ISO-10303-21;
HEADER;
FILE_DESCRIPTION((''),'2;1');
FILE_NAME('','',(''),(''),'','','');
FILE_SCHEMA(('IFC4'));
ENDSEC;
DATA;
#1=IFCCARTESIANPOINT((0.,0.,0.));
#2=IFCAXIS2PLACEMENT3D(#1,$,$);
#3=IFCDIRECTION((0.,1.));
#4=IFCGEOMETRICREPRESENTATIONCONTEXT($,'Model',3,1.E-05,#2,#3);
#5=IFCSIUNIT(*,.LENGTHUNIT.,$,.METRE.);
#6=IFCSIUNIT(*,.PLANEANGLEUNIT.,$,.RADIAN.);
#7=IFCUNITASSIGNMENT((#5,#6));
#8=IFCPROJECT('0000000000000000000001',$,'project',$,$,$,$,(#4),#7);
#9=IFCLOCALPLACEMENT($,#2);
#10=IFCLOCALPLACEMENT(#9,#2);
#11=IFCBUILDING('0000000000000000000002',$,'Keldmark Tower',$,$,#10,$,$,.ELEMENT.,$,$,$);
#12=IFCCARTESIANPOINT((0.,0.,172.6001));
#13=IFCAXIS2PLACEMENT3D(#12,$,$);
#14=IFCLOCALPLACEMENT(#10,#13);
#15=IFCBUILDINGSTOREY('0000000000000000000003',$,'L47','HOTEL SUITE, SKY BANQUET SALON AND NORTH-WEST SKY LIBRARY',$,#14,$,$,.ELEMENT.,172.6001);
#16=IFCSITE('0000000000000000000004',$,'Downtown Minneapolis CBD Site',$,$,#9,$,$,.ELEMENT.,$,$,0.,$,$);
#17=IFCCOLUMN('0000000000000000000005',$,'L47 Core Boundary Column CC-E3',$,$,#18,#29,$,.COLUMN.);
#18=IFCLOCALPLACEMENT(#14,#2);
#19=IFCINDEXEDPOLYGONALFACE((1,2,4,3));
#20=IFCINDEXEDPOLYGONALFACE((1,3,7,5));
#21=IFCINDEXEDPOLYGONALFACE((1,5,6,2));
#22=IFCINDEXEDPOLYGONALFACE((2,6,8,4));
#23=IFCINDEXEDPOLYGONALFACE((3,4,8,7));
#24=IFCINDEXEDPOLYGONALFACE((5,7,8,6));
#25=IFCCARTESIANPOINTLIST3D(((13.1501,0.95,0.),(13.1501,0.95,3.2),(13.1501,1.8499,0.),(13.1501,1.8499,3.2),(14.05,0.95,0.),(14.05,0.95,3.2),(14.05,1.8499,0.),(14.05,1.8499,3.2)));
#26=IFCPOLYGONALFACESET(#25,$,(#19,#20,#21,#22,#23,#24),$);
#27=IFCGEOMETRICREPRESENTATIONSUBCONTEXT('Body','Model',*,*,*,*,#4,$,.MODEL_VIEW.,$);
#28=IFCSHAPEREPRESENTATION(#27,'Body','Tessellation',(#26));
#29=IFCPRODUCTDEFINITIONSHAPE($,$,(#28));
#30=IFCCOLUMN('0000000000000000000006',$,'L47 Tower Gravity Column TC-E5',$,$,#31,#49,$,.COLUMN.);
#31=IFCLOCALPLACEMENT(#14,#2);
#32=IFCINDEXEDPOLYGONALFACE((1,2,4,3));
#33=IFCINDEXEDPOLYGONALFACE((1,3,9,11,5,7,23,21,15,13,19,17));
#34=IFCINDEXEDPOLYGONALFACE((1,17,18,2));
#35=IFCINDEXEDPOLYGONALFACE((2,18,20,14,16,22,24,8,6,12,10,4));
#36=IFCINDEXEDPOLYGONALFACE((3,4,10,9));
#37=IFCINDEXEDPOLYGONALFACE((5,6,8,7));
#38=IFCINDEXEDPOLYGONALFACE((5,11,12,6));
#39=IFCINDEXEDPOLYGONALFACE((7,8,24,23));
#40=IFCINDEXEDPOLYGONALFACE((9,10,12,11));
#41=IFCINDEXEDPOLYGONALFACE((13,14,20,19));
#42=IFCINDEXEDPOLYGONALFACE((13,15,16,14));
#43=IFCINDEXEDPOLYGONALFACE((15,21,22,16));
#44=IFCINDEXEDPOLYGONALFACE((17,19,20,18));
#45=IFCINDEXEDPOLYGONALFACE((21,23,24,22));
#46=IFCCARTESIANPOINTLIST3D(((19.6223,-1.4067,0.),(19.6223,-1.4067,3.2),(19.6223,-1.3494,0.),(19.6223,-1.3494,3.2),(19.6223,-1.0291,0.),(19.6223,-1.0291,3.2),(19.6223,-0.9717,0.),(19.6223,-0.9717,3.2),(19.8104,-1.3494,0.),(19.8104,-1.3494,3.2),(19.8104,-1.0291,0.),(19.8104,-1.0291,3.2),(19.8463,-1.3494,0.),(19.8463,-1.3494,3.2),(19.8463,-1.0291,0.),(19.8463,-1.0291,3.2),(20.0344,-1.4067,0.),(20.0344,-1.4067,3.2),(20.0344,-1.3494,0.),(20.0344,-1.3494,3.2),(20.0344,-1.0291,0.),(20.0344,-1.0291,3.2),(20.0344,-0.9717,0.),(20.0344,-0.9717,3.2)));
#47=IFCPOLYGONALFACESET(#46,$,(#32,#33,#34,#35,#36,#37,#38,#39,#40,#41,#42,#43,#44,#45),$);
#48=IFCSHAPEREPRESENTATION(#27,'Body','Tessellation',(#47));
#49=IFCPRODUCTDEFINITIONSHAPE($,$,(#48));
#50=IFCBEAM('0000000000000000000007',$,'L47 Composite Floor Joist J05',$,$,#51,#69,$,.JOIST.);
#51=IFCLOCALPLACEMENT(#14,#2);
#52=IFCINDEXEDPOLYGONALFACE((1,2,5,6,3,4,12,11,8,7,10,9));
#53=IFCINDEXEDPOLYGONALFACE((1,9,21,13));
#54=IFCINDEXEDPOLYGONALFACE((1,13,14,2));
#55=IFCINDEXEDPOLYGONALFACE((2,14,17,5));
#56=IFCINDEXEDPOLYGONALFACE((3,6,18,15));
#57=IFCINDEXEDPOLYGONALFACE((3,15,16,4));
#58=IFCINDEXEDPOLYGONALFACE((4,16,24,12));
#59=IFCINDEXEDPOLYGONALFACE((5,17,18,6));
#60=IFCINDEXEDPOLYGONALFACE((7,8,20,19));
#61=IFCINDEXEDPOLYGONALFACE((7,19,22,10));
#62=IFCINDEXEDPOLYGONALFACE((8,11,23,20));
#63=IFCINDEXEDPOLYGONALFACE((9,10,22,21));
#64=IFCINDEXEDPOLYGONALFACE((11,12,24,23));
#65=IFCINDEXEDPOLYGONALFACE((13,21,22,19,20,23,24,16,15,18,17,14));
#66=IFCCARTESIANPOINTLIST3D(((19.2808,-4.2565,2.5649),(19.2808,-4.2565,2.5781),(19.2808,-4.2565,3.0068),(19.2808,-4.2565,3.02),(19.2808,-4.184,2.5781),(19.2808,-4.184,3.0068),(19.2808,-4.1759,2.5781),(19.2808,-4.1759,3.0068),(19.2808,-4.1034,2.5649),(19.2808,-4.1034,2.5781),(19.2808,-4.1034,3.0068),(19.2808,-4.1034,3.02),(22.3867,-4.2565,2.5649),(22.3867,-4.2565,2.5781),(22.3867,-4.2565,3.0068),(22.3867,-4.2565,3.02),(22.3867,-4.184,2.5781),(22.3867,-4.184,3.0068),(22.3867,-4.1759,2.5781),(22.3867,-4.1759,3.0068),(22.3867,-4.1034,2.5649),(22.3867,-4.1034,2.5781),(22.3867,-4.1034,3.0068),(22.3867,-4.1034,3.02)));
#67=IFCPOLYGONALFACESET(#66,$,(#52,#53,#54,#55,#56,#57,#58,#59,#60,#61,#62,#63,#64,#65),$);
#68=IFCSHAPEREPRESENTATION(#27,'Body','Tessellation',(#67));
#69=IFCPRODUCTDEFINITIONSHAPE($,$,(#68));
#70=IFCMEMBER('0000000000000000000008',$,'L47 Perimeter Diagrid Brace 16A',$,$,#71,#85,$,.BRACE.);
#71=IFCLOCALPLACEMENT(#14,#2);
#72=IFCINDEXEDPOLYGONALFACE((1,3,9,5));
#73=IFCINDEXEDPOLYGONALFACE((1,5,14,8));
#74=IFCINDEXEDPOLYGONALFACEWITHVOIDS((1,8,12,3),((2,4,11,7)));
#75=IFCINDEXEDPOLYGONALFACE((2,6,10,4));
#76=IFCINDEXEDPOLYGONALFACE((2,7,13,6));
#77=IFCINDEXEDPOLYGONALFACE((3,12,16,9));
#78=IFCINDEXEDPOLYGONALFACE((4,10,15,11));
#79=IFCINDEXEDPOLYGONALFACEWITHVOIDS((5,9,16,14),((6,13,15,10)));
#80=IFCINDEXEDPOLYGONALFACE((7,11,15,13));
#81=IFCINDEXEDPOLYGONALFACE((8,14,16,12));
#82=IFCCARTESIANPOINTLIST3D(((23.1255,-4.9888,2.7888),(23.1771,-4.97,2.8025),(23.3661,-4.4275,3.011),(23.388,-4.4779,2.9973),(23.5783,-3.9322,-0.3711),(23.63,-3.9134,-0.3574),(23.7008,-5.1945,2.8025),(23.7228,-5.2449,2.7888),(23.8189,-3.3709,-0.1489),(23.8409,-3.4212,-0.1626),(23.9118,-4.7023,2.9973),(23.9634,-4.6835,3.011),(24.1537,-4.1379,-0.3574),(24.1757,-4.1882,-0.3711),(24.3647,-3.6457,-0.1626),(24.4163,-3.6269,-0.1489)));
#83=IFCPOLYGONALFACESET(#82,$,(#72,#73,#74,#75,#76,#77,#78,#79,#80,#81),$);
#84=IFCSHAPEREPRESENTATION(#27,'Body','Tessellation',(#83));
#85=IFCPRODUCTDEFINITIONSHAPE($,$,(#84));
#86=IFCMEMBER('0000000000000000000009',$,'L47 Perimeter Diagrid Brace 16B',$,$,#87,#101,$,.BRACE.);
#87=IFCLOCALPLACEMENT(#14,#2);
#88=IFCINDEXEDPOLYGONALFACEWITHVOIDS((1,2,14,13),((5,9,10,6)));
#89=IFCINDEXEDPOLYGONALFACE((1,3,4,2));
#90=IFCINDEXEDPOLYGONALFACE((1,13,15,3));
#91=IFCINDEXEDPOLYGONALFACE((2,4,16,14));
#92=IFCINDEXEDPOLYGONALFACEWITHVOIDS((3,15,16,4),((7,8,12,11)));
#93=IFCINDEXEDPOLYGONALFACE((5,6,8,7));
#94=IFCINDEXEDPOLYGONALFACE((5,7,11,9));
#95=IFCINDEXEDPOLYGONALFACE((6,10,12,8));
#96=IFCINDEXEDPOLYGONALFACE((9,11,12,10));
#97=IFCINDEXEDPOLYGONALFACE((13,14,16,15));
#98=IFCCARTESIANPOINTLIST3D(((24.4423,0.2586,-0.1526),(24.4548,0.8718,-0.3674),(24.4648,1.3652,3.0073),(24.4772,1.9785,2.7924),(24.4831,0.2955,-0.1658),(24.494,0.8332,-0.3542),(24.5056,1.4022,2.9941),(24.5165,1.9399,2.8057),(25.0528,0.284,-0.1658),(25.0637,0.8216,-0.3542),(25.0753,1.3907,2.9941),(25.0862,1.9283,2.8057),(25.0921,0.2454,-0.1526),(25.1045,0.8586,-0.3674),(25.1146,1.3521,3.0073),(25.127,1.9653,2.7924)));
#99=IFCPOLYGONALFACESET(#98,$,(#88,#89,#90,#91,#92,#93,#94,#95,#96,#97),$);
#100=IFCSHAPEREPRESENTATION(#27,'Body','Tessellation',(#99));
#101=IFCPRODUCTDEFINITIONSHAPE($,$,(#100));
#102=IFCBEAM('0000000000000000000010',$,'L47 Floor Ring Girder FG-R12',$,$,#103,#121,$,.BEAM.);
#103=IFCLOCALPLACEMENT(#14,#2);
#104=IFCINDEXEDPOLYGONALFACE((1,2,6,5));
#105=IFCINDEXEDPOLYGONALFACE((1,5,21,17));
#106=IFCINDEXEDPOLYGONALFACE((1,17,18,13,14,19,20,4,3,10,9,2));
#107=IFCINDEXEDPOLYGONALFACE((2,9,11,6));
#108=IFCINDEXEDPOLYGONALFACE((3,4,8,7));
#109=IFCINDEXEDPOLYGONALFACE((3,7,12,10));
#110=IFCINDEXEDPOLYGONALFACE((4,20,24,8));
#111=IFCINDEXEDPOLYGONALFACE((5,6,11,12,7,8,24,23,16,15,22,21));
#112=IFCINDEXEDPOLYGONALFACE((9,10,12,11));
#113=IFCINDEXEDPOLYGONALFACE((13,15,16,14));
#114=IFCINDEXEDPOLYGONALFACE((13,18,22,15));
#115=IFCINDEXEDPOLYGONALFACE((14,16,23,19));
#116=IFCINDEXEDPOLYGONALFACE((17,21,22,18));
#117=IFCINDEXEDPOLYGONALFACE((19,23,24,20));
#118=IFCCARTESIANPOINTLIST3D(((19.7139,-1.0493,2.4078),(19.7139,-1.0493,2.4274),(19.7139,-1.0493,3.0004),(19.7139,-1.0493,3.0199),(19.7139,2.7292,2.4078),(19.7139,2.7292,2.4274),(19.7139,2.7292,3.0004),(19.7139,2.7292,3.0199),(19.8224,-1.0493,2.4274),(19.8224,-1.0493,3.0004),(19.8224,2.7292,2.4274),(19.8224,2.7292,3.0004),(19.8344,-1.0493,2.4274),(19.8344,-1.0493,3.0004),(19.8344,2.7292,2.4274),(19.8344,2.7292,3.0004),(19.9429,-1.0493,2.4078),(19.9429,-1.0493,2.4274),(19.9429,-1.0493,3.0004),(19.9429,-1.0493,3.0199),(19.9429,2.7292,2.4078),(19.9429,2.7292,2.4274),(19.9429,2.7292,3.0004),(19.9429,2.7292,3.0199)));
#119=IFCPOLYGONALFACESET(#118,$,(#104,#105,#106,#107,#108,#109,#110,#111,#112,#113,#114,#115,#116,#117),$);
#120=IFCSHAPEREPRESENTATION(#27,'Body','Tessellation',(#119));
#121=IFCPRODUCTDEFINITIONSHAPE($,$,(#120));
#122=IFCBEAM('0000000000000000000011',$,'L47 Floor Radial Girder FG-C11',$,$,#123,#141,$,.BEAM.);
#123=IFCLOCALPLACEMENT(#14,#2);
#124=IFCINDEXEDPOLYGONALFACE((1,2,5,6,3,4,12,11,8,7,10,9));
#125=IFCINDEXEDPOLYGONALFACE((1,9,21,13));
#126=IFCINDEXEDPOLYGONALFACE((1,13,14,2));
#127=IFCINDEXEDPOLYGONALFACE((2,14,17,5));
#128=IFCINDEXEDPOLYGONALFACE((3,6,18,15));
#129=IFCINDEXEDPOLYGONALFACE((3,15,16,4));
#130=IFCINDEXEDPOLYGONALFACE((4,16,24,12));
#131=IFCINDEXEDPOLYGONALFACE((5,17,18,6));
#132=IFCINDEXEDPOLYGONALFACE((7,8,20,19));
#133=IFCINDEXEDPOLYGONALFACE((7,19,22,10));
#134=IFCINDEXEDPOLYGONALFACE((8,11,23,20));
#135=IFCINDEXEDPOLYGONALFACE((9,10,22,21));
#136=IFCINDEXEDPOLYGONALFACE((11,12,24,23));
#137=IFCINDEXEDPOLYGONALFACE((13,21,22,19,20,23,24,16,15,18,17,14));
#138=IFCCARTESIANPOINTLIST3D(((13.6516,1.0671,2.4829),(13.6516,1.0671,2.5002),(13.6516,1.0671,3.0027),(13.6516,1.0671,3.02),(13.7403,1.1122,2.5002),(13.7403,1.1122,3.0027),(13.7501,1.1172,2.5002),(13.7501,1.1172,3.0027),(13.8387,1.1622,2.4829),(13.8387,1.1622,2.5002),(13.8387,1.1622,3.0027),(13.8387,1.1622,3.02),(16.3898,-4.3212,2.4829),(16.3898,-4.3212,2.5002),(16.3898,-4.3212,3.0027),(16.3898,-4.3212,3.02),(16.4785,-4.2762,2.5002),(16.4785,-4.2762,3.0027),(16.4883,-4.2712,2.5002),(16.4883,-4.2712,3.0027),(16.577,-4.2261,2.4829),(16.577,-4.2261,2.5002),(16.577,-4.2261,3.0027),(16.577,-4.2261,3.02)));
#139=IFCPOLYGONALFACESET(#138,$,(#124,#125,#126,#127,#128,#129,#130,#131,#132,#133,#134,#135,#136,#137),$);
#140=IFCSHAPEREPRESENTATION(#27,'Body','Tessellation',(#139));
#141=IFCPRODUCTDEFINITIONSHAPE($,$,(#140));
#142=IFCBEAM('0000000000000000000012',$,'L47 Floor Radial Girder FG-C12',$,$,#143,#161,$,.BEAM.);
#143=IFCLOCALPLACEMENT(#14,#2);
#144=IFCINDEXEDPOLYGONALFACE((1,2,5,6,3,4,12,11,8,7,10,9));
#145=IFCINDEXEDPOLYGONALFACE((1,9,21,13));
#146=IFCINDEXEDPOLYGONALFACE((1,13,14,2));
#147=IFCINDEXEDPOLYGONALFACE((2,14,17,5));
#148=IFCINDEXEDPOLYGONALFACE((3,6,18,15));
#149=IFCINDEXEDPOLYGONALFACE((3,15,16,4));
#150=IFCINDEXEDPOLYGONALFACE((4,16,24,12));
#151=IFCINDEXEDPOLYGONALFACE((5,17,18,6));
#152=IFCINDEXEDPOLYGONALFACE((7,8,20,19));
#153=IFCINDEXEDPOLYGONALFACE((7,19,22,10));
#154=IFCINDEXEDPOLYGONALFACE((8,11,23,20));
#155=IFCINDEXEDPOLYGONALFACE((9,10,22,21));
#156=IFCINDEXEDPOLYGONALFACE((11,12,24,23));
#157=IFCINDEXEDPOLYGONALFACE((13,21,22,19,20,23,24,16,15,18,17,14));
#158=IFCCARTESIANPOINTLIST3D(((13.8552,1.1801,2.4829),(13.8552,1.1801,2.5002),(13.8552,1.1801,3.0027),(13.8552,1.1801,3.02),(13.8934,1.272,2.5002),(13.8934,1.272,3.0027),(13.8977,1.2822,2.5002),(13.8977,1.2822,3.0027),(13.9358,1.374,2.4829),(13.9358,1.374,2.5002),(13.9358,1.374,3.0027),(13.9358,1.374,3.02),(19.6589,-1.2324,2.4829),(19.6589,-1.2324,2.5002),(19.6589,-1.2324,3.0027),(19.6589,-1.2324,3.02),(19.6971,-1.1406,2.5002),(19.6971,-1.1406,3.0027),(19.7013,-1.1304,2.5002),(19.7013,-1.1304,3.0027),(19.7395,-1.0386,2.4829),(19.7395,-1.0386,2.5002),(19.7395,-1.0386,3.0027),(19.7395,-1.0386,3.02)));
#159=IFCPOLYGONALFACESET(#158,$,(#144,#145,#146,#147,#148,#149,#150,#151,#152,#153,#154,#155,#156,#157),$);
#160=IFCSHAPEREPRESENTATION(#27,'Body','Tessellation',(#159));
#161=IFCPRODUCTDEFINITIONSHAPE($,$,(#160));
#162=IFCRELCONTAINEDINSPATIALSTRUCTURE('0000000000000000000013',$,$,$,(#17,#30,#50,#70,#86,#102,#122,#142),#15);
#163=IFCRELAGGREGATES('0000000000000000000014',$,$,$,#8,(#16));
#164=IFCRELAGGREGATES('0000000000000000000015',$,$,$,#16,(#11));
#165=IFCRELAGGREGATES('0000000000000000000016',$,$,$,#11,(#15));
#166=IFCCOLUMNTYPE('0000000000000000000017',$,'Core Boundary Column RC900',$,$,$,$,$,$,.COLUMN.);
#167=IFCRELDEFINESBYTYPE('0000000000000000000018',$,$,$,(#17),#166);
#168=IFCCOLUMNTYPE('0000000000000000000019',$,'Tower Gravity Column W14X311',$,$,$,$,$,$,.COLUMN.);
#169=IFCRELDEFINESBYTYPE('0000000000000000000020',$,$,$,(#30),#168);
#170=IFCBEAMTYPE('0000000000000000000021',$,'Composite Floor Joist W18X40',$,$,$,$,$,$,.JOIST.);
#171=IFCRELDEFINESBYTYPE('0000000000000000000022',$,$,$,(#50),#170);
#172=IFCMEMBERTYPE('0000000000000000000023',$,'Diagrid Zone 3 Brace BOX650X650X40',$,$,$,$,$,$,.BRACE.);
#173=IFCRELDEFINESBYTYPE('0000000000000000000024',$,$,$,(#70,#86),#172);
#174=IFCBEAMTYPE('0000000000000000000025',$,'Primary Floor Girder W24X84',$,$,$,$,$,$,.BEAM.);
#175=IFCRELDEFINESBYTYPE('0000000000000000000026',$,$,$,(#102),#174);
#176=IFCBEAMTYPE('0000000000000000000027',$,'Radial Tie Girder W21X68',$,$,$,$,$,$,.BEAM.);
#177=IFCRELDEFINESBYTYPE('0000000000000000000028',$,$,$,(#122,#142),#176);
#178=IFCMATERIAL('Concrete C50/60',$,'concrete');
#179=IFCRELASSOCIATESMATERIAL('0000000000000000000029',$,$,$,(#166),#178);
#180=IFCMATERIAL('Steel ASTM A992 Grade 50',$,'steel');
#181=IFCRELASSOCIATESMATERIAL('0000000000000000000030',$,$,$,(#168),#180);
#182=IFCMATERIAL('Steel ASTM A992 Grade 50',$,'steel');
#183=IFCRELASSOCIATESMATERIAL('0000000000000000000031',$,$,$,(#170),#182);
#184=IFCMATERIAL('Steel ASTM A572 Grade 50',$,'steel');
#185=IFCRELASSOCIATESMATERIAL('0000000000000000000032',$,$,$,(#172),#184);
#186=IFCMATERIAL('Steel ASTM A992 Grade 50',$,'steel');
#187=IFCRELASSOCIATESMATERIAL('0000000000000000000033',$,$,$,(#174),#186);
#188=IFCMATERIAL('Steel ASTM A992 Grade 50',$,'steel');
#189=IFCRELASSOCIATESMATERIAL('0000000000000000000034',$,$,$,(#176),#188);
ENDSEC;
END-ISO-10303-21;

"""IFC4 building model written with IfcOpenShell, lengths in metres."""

from ifc_helpers import new_model, si_unit, direction, frame, origin, origin_2d, place, context, subcontext, project, spatial, rectangle, hollow_rectangle, i_section, extrude, material, material_profile, profile_set, type_object, element, save


model = new_model("IFC4")

# Units and contexts
model_context = context("Model", 3, precision=1e-05, world=origin(), true_north=direction((0.0, 1.0)))
body_context = subcontext(model_context, "Body", "Model", "MODEL_VIEW")
ifc_project = project(units=[si_unit("LENGTHUNIT", "METRE"), si_unit("PLANEANGLEUNIT", "RADIAN")], contexts=[model_context])

# Site, building, storey
site_placement = place(None, origin())
site = spatial("IfcSite", under=ifc_project, at=site_placement, Name="Downtown Minneapolis CBD Site", CompositionType="ELEMENT", RefElevation=0.0)
building_placement = place(site_placement, origin())
building = spatial("IfcBuilding", under=site, at=building_placement, Name="Keldmark Tower", CompositionType="ELEMENT")
storey_placement = place(building_placement, frame((0.0, 0.0, 172.6001)))
storey = spatial("IfcBuildingStorey", under=building, at=storey_placement, Name="L47", Description="HOTEL SUITE, SKY BANQUET SALON AND NORTH-WEST SKY LIBRARY", CompositionType="ELEMENT", Elevation=172.6001)

# Columns
ifc_material_1 = material(Name="Concrete C50/60", Category="concrete")
ifc_material_profile_1 = material_profile(ifc_material_1, rectangle(XDim=0.8999, YDim=0.8999, at=origin_2d()), Name="RC900X900")
ifc_profile_set_1 = profile_set([ifc_material_profile_1], Name="Concrete C50/60")
column_type_1 = type_object("IfcColumnType", Name="Core Boundary Column RC900", PredefinedType="COLUMN", material=ifc_profile_set_1)
column_1_placement = place(storey_placement, frame((13.6001, 1.3999, 0.0), z_axis=(0.0, 0.0, 1.0), x_axis=(1.0, 0.0, 0.0)))
element("IfcColumn", 1, at=column_1_placement, inside=storey, type_object=column_type_1, Name="L47 Core Boundary Column CC-E3", PredefinedType="COLUMN", context=body_context, shape_type="SweptSolid", body=[
    extrude(rectangle(XDim=0.8999, YDim=0.8999, at=origin_2d()), origin(), (0.0, 0.0, 1.0), 3.2),
])
ifc_material_2 = material(Name="Steel ASTM A992 Grade 50", Category="steel")
ifc_material_profile_2 = material_profile(ifc_material_2, i_section(OverallWidth=0.4121, OverallDepth=0.4351, WebThickness=0.0359, FlangeThickness=0.0574, at=origin_2d()), Name="W14X311")
ifc_profile_set_2 = profile_set([ifc_material_profile_2], Name="Steel ASTM A992 Grade 50")
column_type_2 = type_object("IfcColumnType", Name="Tower Gravity Column W14X311", PredefinedType="COLUMN", material=ifc_profile_set_2)
column_2_placement = place(storey_placement, frame((19.8284, -1.1892, 0.0), z_axis=(0.0, 0.0, 1.0), x_axis=(1.0, 0.0, 0.0)))
element("IfcColumn", 2, at=column_2_placement, inside=storey, type_object=column_type_2, Name="L47 Tower Gravity Column TC-E5", PredefinedType="COLUMN", context=body_context, shape_type="SweptSolid", body=[
    extrude(i_section(OverallWidth=0.4121, OverallDepth=0.4351, WebThickness=0.0359, FlangeThickness=0.0574, at=origin_2d()), origin(), (0.0, 0.0, 1.0), 3.2),
])

# Beam
ifc_material_3 = material(Name="Steel ASTM A992 Grade 50", Category="steel")
ifc_material_profile_3 = material_profile(ifc_material_3, i_section(OverallWidth=0.1531, OverallDepth=0.4551, WebThickness=0.0081, FlangeThickness=0.0132, at=origin_2d()), Name="W18X40")
ifc_profile_set_3 = profile_set([ifc_material_profile_3], Name="Steel ASTM A992 Grade 50")
beam_type_1 = type_object("IfcBeamType", Name="Composite Floor Joist W18X40", PredefinedType="JOIST", material=ifc_profile_set_3)
beam_1_placement = place(storey_placement, frame((19.2808, -4.1799, 2.7925), z_axis=(1.0, 0.0, 0.0), x_axis=(0.0, 1.0, 0.0)))
element("IfcBeam", 3, at=beam_1_placement, inside=storey, type_object=beam_type_1, Name="L47 Composite Floor Joist J05", PredefinedType="JOIST", context=body_context, shape_type="SweptSolid", body=[
    extrude(i_section(OverallWidth=0.1531, OverallDepth=0.4551, WebThickness=0.0081, FlangeThickness=0.0132, at=origin_2d()), origin(), (0.0, 0.0, 1.0), 3.106),
])

# Members
ifc_material_4 = material(Name="Steel ASTM A572 Grade 50", Category="steel")
ifc_material_profile_4 = material_profile(ifc_material_4, hollow_rectangle(XDim=0.6499, YDim=0.6499, WallThickness=0.04, at=origin_2d()), Name="BOX650X650X40")
ifc_profile_set_4 = profile_set([ifc_material_profile_4], Name="Steel ASTM A572 Grade 50")
member_type = type_object("IfcMemberType", Name="Diagrid Zone 3 Brace BOX650X650X40", PredefinedType="BRACE", material=ifc_profile_set_4)
member_1_placement = place(storey_placement, frame((23.9973, -3.7795, -0.26), z_axis=(-0.134684, -0.314239, 0.939741), x_axis=(0.919134, -0.393945, 0.0)))
element("IfcMember", 4, at=member_1_placement, inside=storey, type_object=member_type, Name="L47 Perimeter Diagrid Brace 16A", PredefinedType="BRACE", context=body_context, shape_type="SweptSolid", body=[
    extrude(hollow_rectangle(XDim=0.6499, YDim=0.6499, WallThickness=0.04, at=origin_2d()), origin(), (0.0, 0.0, 1.0), 3.3625),
])
member_2_placement = place(storey_placement, frame((24.7734, 0.5586, -0.26), z_axis=(0.006708, 0.330535, 0.94377), x_axis=(-0.999794, 0.020291, 0.0)))
element("IfcMember", 5, at=member_2_placement, inside=storey, type_object=member_type, Name="L47 Perimeter Diagrid Brace 16B", PredefinedType="BRACE", context=body_context, shape_type="SweptSolid", body=[
    extrude(hollow_rectangle(XDim=0.6499, YDim=0.6499, WallThickness=0.04, at=origin_2d()), origin(), (0.0, 0.0, 1.0), 3.3481),
])

# Beams
ifc_material_5 = material(Name="Steel ASTM A992 Grade 50", Category="steel")
ifc_material_profile_5 = material_profile(ifc_material_5, i_section(OverallWidth=0.229, OverallDepth=0.6121, WebThickness=0.012, FlangeThickness=0.0195, at=origin_2d()), Name="W24X84")
ifc_profile_set_5 = profile_set([ifc_material_profile_5], Name="Steel ASTM A992 Grade 50")
beam_type_2 = type_object("IfcBeamType", Name="Primary Floor Girder W24X84", PredefinedType="BEAM", material=ifc_profile_set_5)
beam_2_placement = place(storey_placement, frame((19.8284, -1.0493, 2.7139), z_axis=(0.0, 1.0, 0.0), x_axis=(-1.0, 0.0, 0.0)))
element("IfcBeam", 6, at=beam_2_placement, inside=storey, type_object=beam_type_2, Name="L47 Floor Ring Girder FG-R12", PredefinedType="BEAM", context=body_context, shape_type="SweptSolid", body=[
    extrude(i_section(OverallWidth=0.229, OverallDepth=0.6121, WebThickness=0.012, FlangeThickness=0.0195, at=origin_2d()), origin(), (0.0, 0.0, 1.0), 3.7786),
])
ifc_material_6 = material(Name="Steel ASTM A992 Grade 50", Category="steel")
ifc_material_profile_6 = material_profile(ifc_material_6, i_section(OverallWidth=0.21, OverallDepth=0.5371, WebThickness=0.011, FlangeThickness=0.0173, at=origin_2d()), Name="W21X68")
ifc_profile_set_6 = profile_set([ifc_material_profile_6], Name="Steel ASTM A992 Grade 50")
beam_type_3 = type_object("IfcBeamType", Name="Radial Tie Girder W21X68", PredefinedType="BEAM", material=ifc_profile_set_6)
beam_3_placement = place(storey_placement, frame((16.4834, -4.2737, 2.7515), z_axis=(-0.453037, 0.891492, 0.0), x_axis=(-0.891492, -0.453037, 0.0)))
element("IfcBeam", 7, at=beam_3_placement, inside=storey, type_object=beam_type_3, Name="L47 Floor Radial Girder FG-C11", PredefinedType="BEAM", context=body_context, shape_type="SweptSolid", body=[
    extrude(i_section(OverallWidth=0.21, OverallDepth=0.5371, WebThickness=0.011, FlangeThickness=0.0173, at=origin_2d()), origin(), (0.0, 0.0, 1.0), 6.0442),
])
beam_4_placement = place(storey_placement, frame((19.6992, -1.1355, 2.7515), z_axis=(-0.923394, 0.383854, 0.0), x_axis=(-0.383854, -0.923394, 0.0)))
element("IfcBeam", 8, at=beam_4_placement, inside=storey, type_object=beam_type_3, Name="L47 Floor Radial Girder FG-C12", PredefinedType="BEAM", context=body_context, shape_type="SweptSolid", body=[
    extrude(i_section(OverallWidth=0.21, OverallDepth=0.5371, WebThickness=0.011, FlangeThickness=0.0173, at=origin_2d()), origin(), (0.0, 0.0, 1.0), 6.2852),
])

save(model, "model.ifc")
